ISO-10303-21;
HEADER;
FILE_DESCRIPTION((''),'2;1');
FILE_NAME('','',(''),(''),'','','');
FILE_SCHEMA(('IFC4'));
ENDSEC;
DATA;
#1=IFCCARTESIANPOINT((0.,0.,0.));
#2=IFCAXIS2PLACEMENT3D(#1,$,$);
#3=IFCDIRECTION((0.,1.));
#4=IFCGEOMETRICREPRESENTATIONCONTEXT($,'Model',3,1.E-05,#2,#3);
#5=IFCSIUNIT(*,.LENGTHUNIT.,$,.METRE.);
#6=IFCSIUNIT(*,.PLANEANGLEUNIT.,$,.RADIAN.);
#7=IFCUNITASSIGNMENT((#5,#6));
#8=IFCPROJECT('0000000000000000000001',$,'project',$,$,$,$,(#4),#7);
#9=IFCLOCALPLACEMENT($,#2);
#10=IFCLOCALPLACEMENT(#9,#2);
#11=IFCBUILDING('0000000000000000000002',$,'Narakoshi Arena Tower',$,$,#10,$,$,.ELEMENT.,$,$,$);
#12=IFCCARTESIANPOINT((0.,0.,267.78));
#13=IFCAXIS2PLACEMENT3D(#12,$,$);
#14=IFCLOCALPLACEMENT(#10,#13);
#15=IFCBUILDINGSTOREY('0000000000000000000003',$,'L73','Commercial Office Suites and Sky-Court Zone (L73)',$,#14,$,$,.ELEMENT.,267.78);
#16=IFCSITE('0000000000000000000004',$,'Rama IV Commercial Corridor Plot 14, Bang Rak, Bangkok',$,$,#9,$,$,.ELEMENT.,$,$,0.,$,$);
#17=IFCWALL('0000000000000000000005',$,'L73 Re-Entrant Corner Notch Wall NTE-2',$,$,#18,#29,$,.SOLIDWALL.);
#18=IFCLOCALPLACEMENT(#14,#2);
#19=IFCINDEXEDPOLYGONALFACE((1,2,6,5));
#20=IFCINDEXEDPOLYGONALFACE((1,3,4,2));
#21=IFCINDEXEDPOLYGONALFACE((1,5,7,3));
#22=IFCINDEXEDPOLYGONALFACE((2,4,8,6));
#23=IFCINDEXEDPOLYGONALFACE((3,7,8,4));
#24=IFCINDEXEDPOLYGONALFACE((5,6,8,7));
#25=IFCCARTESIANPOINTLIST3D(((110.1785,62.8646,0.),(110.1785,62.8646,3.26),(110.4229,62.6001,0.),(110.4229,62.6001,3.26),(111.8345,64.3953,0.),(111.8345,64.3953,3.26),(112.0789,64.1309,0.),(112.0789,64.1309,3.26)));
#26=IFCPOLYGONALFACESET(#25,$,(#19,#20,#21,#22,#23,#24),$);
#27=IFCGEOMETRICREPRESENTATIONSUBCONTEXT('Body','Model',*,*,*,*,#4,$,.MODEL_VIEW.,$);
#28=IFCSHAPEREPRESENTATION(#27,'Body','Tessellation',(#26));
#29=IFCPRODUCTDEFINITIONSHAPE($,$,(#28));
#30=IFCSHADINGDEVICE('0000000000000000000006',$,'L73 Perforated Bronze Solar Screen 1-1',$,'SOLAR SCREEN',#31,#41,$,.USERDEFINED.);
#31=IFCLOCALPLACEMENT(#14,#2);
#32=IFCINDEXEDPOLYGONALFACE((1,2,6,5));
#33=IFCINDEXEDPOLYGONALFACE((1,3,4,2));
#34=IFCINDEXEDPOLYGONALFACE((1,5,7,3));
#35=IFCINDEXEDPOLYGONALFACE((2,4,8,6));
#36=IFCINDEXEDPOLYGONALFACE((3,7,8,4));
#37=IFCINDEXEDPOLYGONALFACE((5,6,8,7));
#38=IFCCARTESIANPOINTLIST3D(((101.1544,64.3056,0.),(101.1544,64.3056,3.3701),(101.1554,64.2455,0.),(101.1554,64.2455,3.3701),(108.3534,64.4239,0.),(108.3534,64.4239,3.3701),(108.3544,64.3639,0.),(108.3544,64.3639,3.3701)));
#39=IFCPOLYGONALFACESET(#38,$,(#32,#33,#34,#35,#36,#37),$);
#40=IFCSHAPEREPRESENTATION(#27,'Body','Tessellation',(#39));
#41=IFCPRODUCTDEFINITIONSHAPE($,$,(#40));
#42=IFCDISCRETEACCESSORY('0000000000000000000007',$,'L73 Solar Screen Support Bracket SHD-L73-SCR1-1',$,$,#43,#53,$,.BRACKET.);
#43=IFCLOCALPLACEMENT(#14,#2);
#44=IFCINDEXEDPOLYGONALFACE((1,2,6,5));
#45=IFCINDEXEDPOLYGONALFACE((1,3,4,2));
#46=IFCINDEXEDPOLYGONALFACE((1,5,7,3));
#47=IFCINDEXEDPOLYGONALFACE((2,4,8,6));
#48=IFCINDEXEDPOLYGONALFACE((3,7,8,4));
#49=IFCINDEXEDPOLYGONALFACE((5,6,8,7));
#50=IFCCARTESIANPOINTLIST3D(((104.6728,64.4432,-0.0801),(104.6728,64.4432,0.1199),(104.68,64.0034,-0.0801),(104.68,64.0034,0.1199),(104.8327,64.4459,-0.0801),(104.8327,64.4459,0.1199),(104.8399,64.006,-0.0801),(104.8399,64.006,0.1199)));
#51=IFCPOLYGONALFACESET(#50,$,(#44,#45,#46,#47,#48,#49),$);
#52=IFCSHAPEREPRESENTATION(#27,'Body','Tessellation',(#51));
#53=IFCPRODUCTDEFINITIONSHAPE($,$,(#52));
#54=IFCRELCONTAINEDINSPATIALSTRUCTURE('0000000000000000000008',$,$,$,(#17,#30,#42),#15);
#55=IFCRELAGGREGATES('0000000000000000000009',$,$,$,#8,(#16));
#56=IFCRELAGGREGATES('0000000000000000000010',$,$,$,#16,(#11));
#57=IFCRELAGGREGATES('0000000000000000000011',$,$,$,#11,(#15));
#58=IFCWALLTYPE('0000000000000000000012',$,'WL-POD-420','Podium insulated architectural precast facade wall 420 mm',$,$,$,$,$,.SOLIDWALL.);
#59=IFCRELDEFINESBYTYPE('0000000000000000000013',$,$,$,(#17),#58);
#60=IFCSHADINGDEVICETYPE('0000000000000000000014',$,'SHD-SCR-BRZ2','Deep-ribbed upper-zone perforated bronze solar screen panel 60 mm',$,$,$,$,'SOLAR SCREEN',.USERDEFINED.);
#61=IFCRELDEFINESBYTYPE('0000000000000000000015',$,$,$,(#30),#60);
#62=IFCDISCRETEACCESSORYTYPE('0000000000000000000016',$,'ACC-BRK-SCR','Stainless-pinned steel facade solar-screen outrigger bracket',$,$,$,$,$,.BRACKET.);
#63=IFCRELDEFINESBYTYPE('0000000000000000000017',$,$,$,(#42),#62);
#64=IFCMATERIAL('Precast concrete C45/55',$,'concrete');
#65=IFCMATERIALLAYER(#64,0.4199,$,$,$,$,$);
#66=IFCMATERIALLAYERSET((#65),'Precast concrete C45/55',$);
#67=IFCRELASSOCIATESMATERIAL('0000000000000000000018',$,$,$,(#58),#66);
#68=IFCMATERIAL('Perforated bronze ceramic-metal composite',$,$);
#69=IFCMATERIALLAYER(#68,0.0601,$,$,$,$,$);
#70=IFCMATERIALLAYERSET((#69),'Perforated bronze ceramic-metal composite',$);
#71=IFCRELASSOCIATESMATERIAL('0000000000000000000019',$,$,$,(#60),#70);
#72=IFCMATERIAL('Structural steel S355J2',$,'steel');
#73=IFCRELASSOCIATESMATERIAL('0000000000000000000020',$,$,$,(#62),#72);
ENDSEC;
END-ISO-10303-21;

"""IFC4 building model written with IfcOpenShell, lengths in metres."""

from ifc_helpers import new_model, si_unit, direction, frame, frame_2d, origin, origin_2d, place, context, subcontext, project, spatial, rectangle, extrude, material, layer, layer_set, type_object, element, save


model = new_model("IFC4")

# Units and contexts
model_context = context("Model", 3, precision=1e-05, world=origin(), true_north=direction((0.0, 1.0)))
body_context = subcontext(model_context, "Body", "Model", "MODEL_VIEW")
ifc_project = project(units=[si_unit("LENGTHUNIT", "METRE"), si_unit("PLANEANGLEUNIT", "RADIAN")], contexts=[model_context])

# Site, building, storey
site_placement = place(None, origin())
site = spatial("IfcSite", under=ifc_project, at=site_placement, Name="Rama IV Commercial Corridor Plot 14, Bang Rak, Bangkok", CompositionType="ELEMENT", RefElevation=0.0)
building_placement = place(site_placement, origin())
building = spatial("IfcBuilding", under=site, at=building_placement, Name="Narakoshi Arena Tower", CompositionType="ELEMENT")
storey_placement = place(building_placement, frame((0.0, 0.0, 267.78)))
storey = spatial("IfcBuildingStorey", under=building, at=storey_placement, Name="L73", Description="Commercial Office Suites and Sky-Court Zone (L73)", CompositionType="ELEMENT", Elevation=267.78)

# Shared definitions
ifc_material_1 = material(Name="Structural steel S355J2", Category="steel")

# Shared definitions
ifc_material_2 = material(Name="Precast concrete C45/55", Category="concrete")

# Shared definitions
ifc_layer_1 = layer(ifc_material_2, 0.4199)
ifc_layer_set_1 = layer_set([ifc_layer_1], Name="Precast concrete C45/55")
wall_type_1 = type_object("IfcWallType", Name="WL-POD-420", Description="Podium insulated architectural precast facade wall 420 mm", PredefinedType="SOLIDWALL", material=ifc_layer_set_1)

# Wall
wall_1_placement = place(storey_placement, frame((110.3008, 62.7324, 0.0), z_axis=(0.0, 0.0, 1.0), x_axis=(0.73433, 0.678793, 0.0)))
element("IfcWall", 1, at=wall_1_placement, inside=storey, type_object=wall_type_1, Name="L73 Re-Entrant Corner Notch Wall NTE-2", PredefinedType="SOLIDWALL", context=body_context, shape_type="SweptSolid", body=[
    extrude(rectangle(XDim=2.2551, YDim=0.3601, at=frame_2d((1.1274, 0.0))), origin(), (0.0, 0.0, 1.0), 3.26),
])

# Shading device
ifc_material_3 = material(Name="Perforated bronze ceramic-metal composite")
ifc_layer_2 = layer(ifc_material_3, 0.0601)
ifc_layer_set_2 = layer_set([ifc_layer_2], Name="Perforated bronze ceramic-metal composite")
shading_device_type = type_object("IfcShadingDeviceType", Name="SHD-SCR-BRZ2", Description="Deep-ribbed upper-zone perforated bronze solar screen panel 60 mm", ElementType="SOLAR SCREEN", PredefinedType="USERDEFINED", material=ifc_layer_set_2)
shading_device_placement = place(storey_placement, frame((104.7544, 64.3347, 0.0), z_axis=(0.0, 0.0, 1.0), x_axis=(-0.999865, -0.01644, 0.0)))
element("IfcShadingDevice", 2, at=shading_device_placement, inside=storey, type_object=shading_device_type, Name="L73 Perforated Bronze Solar Screen 1-1", ObjectType="SOLAR SCREEN", PredefinedType="USERDEFINED", context=body_context, shape_type="SweptSolid", body=[
    extrude(rectangle(XDim=7.2, YDim=0.0601, at=origin_2d()), origin(), (0.0, 0.0, 1.0), 3.3701),
])

# Discrete accessory
discrete_accessory_type = type_object("IfcDiscreteAccessoryType", Name="ACC-BRK-SCR", Description="Stainless-pinned steel facade solar-screen outrigger bracket", PredefinedType="BRACKET", material=ifc_material_1)
discrete_accessory_placement = place(storey_placement, frame((104.7563, 64.2246, -0.0801), z_axis=(0.0, 0.0, 1.0), x_axis=(-0.999865, -0.01644, 0.0)))
element("IfcDiscreteAccessory", 3, at=discrete_accessory_placement, inside=storey, type_object=discrete_accessory_type, Name="L73 Solar Screen Support Bracket SHD-L73-SCR1-1", PredefinedType="BRACKET", context=body_context, shape_type="SweptSolid", body=[
    extrude(rectangle(XDim=0.1599, YDim=0.4399, at=origin_2d()), origin(), (0.0, 0.0, 1.0), 0.2),
])

save(model, "model.ifc")
